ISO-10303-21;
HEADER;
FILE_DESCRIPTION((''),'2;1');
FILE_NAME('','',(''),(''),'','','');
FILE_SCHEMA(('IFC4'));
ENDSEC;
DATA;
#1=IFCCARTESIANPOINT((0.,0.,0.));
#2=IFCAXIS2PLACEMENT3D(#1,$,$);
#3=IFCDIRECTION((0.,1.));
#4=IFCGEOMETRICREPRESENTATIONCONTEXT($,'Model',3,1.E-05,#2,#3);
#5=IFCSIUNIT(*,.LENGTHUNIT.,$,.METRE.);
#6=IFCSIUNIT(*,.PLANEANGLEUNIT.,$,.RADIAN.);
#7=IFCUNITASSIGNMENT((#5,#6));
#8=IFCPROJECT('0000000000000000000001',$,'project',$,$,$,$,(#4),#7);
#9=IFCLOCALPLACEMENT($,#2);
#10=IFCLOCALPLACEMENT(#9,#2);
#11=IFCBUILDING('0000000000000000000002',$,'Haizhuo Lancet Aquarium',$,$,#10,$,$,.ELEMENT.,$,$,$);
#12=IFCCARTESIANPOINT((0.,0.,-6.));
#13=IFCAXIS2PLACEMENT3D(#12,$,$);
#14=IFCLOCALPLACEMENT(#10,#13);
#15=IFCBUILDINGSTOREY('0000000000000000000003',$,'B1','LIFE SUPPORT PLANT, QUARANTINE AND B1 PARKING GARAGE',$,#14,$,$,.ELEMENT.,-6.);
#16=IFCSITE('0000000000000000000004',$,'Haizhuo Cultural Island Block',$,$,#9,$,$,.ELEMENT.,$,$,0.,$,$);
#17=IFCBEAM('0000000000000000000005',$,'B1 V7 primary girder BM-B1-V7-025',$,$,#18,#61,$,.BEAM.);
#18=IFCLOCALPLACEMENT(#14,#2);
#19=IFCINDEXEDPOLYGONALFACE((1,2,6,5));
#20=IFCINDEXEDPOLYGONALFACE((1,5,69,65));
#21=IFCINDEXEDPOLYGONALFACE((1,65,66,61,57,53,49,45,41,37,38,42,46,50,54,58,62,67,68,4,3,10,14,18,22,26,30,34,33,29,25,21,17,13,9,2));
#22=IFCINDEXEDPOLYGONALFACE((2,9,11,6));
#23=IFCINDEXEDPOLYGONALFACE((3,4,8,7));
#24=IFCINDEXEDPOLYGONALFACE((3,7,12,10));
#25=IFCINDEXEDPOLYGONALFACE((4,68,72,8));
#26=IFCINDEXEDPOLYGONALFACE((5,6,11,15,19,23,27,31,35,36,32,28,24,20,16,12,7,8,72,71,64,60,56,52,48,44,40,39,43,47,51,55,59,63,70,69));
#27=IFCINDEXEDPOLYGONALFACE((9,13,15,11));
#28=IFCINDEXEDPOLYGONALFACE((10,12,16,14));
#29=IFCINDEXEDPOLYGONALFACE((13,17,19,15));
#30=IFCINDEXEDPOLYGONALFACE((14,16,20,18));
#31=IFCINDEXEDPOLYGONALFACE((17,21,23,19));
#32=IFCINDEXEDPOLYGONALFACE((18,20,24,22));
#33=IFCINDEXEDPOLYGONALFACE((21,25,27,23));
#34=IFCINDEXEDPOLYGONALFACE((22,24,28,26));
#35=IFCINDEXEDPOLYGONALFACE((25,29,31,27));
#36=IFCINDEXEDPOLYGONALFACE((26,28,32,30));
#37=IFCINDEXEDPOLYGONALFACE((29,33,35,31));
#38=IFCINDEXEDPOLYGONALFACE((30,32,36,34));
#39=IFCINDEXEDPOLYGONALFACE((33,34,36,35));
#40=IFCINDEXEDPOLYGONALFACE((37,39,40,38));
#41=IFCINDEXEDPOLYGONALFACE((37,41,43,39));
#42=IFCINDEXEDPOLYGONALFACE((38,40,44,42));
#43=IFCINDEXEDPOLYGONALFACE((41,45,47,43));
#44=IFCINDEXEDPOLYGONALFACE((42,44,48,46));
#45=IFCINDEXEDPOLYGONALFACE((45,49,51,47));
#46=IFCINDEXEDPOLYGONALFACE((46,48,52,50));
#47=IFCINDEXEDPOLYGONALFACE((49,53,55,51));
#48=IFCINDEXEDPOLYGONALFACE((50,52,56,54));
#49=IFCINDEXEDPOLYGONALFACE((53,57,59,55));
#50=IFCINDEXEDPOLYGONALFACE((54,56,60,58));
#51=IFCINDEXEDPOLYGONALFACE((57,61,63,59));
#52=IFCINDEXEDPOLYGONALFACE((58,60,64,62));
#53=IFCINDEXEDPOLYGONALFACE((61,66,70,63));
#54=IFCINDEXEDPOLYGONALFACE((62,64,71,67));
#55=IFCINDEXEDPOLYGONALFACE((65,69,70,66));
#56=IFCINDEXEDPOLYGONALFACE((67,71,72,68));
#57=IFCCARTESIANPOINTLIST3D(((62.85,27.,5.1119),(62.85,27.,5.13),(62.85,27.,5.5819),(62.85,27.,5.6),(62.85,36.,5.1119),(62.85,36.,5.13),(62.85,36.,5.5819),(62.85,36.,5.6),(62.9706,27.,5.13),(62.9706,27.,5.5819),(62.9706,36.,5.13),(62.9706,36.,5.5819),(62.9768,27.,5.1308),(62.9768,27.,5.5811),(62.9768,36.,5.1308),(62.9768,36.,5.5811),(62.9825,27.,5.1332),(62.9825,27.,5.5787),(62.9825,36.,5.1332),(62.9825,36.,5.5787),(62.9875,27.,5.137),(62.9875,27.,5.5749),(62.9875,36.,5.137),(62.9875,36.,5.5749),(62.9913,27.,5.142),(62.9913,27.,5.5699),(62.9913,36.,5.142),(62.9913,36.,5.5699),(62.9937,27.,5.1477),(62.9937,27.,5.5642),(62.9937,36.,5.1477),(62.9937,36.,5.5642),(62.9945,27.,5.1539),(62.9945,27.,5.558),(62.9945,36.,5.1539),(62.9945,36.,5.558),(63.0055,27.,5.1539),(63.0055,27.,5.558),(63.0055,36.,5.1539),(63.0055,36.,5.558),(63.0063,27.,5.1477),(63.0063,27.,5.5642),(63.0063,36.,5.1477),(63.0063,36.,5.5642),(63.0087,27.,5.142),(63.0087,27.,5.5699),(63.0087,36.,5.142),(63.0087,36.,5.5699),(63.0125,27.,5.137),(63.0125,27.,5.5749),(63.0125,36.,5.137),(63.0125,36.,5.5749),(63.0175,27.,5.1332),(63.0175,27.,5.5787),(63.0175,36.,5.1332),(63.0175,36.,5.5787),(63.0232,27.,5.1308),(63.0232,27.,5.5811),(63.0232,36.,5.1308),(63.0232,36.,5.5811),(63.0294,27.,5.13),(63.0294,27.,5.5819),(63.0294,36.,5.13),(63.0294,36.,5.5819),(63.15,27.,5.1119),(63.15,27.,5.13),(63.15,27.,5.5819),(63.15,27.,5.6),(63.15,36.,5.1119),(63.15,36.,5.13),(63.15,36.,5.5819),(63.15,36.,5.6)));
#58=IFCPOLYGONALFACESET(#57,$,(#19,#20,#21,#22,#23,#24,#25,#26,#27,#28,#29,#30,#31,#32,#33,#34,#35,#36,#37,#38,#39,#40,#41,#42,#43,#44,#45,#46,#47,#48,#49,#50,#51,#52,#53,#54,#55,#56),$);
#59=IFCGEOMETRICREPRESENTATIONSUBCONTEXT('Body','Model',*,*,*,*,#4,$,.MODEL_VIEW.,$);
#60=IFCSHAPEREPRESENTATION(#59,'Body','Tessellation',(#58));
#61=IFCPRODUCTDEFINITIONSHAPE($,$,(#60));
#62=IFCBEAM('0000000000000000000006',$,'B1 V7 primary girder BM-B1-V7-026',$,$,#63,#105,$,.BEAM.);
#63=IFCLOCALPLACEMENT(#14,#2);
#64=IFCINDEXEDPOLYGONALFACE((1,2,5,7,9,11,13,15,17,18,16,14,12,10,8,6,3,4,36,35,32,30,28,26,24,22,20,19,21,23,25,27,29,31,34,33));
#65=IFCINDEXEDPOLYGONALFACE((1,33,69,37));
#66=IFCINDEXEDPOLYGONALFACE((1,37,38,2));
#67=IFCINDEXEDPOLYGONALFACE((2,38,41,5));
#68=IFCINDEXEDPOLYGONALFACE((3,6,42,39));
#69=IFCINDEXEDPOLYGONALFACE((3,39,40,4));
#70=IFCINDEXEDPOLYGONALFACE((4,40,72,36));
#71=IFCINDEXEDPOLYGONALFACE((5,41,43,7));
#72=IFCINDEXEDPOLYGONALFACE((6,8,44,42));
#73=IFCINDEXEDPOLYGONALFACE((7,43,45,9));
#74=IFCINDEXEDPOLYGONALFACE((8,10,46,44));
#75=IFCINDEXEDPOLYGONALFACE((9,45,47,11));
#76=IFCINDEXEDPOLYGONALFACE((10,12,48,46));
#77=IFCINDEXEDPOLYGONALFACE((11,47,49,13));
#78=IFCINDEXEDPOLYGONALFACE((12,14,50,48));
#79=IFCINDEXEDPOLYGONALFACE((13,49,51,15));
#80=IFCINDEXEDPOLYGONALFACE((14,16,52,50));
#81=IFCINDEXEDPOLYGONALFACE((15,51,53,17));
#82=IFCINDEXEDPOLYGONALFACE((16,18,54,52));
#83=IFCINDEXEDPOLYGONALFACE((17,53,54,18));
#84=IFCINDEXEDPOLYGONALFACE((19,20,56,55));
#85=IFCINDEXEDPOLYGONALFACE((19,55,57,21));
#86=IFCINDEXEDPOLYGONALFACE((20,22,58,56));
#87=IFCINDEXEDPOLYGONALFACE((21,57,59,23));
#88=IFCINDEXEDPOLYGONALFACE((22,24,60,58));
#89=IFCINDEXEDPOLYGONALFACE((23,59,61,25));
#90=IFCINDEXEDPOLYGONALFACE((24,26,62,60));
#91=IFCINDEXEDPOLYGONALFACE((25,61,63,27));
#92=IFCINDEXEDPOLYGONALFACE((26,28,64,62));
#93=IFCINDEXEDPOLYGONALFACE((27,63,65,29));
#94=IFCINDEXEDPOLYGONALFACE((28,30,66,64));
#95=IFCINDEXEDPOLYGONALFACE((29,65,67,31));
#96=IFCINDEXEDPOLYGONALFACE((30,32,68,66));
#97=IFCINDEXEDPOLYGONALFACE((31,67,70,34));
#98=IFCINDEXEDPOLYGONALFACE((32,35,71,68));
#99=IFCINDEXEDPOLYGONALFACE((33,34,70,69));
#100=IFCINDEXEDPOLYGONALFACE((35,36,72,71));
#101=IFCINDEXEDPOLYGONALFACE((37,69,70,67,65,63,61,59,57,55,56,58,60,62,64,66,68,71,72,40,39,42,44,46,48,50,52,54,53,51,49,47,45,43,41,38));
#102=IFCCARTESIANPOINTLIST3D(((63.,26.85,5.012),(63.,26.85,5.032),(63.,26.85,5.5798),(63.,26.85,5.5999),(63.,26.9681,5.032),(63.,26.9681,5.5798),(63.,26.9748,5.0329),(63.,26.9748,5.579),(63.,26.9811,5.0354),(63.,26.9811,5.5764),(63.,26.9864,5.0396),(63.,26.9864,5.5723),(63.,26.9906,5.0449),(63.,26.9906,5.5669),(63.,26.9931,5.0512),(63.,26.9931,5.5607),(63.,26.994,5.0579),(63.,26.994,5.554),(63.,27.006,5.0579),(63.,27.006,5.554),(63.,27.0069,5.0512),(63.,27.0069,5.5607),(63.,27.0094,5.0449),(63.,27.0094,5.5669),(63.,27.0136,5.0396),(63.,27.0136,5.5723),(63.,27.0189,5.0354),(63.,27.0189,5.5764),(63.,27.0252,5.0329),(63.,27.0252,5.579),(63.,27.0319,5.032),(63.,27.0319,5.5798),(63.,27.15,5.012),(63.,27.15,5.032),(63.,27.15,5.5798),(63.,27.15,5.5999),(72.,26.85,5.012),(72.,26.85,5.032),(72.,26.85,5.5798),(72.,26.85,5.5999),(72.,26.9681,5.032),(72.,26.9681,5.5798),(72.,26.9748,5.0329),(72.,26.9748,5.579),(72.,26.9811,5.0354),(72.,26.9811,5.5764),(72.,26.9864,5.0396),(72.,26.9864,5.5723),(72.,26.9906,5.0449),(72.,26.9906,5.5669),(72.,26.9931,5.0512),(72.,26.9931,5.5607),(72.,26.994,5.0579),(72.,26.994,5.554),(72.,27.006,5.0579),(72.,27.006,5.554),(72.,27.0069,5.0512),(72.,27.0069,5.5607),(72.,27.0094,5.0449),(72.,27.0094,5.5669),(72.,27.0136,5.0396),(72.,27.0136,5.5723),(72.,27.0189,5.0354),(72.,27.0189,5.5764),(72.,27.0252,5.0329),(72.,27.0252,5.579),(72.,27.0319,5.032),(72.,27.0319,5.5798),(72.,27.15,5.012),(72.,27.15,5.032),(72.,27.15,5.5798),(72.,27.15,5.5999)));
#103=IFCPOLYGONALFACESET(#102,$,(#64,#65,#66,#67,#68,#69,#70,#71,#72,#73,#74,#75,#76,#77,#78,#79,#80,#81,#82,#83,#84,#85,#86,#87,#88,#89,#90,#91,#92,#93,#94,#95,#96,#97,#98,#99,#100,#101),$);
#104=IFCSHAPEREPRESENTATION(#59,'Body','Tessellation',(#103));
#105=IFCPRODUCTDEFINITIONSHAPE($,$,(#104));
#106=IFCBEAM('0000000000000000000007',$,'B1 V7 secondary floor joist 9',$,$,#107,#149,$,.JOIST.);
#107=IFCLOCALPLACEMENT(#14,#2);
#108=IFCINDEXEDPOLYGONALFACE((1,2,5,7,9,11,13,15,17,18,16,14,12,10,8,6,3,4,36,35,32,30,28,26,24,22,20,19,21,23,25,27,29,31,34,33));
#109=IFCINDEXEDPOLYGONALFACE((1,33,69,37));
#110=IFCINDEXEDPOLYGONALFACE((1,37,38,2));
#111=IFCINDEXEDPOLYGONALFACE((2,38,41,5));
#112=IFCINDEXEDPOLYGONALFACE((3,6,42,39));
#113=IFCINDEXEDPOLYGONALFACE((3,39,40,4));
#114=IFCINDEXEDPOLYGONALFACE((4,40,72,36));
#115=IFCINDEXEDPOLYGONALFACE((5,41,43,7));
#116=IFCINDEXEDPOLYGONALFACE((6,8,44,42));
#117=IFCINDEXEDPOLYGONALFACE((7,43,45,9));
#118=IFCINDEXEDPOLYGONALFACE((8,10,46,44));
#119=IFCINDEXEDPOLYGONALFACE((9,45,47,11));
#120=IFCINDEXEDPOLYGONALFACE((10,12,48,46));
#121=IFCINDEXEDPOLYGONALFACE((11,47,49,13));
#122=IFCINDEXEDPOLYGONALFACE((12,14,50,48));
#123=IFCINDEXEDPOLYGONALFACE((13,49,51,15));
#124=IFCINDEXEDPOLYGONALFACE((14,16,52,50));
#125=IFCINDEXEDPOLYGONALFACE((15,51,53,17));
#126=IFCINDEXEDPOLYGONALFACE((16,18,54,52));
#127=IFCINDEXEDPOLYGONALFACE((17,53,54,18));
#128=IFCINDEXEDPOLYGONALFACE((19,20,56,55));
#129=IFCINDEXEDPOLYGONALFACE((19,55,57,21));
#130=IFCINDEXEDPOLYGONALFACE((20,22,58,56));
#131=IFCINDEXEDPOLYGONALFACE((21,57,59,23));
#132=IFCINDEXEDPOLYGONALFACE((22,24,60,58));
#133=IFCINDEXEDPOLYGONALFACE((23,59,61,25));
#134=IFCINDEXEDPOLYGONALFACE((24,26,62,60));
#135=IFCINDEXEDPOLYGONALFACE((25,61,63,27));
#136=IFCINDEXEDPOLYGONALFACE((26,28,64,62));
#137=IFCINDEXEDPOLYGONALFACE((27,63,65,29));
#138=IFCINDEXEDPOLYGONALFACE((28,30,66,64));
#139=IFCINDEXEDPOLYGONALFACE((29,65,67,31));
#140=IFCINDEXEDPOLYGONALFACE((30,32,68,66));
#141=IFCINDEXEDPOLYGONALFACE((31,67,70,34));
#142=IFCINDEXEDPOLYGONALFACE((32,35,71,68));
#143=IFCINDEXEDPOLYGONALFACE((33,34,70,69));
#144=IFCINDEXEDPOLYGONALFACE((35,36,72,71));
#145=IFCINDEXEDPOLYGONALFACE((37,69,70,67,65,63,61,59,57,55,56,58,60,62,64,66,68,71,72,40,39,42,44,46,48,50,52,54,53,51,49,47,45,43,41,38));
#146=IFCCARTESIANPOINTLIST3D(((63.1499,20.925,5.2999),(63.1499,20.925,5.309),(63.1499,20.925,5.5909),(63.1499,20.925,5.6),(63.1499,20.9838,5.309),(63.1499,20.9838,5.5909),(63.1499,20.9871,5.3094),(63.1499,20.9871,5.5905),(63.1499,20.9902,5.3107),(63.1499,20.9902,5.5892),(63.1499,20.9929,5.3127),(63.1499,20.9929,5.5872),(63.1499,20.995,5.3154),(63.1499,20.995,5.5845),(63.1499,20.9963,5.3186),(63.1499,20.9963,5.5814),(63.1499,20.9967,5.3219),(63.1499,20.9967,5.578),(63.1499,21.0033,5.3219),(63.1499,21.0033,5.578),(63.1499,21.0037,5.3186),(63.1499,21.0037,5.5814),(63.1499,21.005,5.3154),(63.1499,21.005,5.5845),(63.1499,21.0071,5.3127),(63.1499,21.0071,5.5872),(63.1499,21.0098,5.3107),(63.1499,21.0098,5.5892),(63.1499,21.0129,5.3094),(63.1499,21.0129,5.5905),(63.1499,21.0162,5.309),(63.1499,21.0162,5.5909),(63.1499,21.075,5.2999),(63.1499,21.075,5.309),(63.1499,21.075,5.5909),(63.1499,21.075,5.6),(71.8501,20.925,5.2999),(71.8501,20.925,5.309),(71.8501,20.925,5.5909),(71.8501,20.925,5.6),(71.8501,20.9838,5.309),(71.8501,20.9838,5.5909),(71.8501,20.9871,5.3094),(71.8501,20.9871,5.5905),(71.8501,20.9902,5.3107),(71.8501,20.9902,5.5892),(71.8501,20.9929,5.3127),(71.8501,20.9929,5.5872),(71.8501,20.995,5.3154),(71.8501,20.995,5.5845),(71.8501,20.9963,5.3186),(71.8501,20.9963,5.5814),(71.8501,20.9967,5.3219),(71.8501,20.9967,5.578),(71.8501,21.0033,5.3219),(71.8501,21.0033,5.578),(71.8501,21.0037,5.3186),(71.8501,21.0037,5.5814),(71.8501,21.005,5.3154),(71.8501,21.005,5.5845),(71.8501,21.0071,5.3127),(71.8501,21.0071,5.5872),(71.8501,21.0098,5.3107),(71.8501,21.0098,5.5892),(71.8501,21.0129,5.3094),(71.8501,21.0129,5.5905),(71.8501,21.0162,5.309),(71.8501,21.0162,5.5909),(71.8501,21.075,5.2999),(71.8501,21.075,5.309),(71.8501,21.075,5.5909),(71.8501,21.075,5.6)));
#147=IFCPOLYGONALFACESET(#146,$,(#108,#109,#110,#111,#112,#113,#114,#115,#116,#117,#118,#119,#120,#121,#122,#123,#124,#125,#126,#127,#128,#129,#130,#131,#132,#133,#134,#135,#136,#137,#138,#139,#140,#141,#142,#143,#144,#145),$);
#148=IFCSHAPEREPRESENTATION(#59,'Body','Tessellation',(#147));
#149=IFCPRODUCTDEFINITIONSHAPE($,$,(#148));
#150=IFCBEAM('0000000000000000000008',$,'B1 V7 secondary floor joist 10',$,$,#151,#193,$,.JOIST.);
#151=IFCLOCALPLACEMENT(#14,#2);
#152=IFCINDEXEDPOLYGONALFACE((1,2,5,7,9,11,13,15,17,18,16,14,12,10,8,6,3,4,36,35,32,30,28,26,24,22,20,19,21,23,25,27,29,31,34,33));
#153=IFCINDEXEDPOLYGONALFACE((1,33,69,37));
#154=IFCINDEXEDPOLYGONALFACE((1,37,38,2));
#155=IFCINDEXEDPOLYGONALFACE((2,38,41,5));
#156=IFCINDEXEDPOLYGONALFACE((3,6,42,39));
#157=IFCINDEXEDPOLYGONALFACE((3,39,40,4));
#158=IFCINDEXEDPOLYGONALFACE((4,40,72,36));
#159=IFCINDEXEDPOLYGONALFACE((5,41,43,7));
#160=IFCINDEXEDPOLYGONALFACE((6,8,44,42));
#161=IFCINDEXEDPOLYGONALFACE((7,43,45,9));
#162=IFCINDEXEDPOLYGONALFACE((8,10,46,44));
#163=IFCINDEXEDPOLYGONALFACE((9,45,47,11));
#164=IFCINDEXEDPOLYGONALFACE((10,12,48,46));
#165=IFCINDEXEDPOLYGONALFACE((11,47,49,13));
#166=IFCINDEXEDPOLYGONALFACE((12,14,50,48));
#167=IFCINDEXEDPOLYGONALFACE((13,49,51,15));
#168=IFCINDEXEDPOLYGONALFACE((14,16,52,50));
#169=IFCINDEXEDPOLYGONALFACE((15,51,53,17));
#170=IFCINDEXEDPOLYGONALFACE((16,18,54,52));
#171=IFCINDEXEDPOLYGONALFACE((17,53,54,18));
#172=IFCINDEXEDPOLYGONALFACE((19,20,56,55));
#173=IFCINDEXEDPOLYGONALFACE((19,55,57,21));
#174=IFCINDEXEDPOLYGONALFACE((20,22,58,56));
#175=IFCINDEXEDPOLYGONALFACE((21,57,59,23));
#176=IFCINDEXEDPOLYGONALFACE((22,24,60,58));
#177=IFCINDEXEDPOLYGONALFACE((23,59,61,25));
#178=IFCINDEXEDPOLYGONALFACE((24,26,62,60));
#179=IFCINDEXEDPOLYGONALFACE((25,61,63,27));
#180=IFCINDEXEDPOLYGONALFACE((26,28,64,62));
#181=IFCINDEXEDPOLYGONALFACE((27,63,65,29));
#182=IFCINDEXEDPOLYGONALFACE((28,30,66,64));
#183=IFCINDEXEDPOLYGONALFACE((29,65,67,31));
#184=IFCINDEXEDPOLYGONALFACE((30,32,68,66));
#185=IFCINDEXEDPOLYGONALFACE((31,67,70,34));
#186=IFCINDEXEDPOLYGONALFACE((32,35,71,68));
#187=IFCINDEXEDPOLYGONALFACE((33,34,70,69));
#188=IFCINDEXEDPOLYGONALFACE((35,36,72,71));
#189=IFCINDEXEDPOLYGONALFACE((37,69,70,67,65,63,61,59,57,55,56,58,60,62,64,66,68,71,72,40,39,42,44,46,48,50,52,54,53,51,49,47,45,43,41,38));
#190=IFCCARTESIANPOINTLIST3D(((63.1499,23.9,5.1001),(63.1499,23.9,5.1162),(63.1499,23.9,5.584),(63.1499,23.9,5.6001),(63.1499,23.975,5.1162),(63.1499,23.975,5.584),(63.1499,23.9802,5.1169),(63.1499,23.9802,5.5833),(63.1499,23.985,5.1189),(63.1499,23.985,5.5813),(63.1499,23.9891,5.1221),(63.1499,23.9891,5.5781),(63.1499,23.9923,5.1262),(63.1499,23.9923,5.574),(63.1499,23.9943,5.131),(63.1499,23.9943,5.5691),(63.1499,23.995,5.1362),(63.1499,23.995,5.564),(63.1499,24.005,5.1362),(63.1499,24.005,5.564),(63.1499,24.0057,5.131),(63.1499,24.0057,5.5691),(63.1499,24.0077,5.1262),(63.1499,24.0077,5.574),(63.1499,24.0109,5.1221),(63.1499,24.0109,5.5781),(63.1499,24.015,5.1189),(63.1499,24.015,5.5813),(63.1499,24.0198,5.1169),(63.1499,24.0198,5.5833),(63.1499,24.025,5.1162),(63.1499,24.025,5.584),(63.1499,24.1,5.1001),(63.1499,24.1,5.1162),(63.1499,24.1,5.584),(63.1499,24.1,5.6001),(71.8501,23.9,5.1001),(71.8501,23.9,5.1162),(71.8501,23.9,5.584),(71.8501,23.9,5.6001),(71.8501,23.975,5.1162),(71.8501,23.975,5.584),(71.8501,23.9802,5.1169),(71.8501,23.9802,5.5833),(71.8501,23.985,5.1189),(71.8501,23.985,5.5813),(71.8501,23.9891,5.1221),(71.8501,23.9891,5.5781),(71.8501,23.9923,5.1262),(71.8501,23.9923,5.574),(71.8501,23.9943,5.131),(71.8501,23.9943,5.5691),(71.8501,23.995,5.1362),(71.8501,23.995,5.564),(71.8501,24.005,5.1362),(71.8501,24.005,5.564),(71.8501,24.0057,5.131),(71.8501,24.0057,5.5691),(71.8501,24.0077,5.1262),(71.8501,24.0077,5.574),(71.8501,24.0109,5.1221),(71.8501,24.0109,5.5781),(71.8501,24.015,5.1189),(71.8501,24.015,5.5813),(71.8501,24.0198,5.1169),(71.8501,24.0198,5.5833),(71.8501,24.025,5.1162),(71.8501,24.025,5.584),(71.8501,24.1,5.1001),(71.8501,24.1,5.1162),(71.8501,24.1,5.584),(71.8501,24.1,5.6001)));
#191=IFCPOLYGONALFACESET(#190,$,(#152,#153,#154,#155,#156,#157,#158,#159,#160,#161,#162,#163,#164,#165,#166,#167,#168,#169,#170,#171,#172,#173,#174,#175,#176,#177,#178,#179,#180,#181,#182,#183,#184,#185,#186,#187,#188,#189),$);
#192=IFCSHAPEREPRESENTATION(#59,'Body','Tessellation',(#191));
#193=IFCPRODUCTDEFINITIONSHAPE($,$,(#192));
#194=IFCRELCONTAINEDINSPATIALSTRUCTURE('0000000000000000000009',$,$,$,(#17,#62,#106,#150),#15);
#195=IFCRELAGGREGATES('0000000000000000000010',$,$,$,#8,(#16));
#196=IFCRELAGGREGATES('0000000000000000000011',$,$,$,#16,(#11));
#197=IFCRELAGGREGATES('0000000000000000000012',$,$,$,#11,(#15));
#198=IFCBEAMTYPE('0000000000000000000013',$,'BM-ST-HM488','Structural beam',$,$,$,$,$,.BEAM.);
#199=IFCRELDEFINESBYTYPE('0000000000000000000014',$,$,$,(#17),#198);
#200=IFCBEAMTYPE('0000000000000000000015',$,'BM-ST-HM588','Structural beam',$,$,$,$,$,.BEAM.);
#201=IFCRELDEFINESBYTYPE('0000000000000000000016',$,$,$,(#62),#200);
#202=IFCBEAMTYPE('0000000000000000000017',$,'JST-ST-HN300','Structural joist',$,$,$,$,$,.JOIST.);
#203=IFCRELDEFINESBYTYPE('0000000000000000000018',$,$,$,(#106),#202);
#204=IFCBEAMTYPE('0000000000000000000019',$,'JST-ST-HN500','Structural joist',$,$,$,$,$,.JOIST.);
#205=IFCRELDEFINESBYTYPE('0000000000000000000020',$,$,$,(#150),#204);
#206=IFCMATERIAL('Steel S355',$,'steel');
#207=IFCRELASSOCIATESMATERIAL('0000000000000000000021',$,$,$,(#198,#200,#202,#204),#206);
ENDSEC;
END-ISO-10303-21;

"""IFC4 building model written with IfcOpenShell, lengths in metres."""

from ifc_helpers import new_model, si_unit, direction, frame, origin, origin_2d, place, context, subcontext, project, spatial, i_section, extrude, material, material_profile, profile_set, type_object, element, save


model = new_model("IFC4")

# Units and contexts
model_context = context("Model", 3, precision=1e-05, world=origin(), true_north=direction((0.0, 1.0)))
body_context = subcontext(model_context, "Body", "Model", "MODEL_VIEW")
ifc_project = project(units=[si_unit("LENGTHUNIT", "METRE"), si_unit("PLANEANGLEUNIT", "RADIAN")], contexts=[model_context])

# Site, building, storey
site_placement = place(None, origin())
site = spatial("IfcSite", under=ifc_project, at=site_placement, Name="Haizhuo Cultural Island Block", CompositionType="ELEMENT", RefElevation=0.0)
building_placement = place(site_placement, origin())
building = spatial("IfcBuilding", under=site, at=building_placement, Name="Haizhuo Lancet Aquarium", CompositionType="ELEMENT")
storey_placement = place(building_placement, frame((0.0, 0.0, -6.0)))
storey = spatial("IfcBuildingStorey", under=building, at=storey_placement, Name="B1", Description="LIFE SUPPORT PLANT, QUARANTINE AND B1 PARKING GARAGE", CompositionType="ELEMENT", Elevation=-6.0)

# Shared definitions
ifc_material_1 = material(Name="Steel S355", Category="steel")

# Beams
ifc_material_profile_1 = material_profile(ifc_material_1, i_section(OverallWidth=0.3, OverallDepth=0.488, WebThickness=0.011, FlangeThickness=0.0181, FilletRadius=0.0239, at=origin_2d()), Name="HM 488x300x11x18")
ifc_profile_set_1 = profile_set([ifc_material_profile_1], Name="Steel S355")
beam_type_1 = type_object("IfcBeamType", Name="BM-ST-HM488", Description="Structural beam", PredefinedType="BEAM", material=ifc_profile_set_1)
beam_1_placement = place(storey_placement, frame((63.0, 27.0, 5.356), z_axis=(0.0, 1.0, 0.0), x_axis=(-1.0, 0.0, 0.0)))
element("IfcBeam", 1, at=beam_1_placement, inside=storey, type_object=beam_type_1, Name="B1 V7 primary girder BM-B1-V7-025", PredefinedType="BEAM", context=body_context, shape_type="SweptSolid", body=[
    extrude(i_section(OverallWidth=0.3, OverallDepth=0.488, WebThickness=0.011, FlangeThickness=0.0181, FilletRadius=0.0239, at=origin_2d()), origin(), (0.0, 0.0, 1.0), 9.0),
])
ifc_material_profile_2 = material_profile(ifc_material_1, i_section(OverallWidth=0.3, OverallDepth=0.5879, WebThickness=0.012, FlangeThickness=0.02, FilletRadius=0.0259, at=origin_2d()), Name="HM 588x300x12x20")
ifc_profile_set_2 = profile_set([ifc_material_profile_2], Name="Steel S355")
beam_type_2 = type_object("IfcBeamType", Name="BM-ST-HM588", Description="Structural beam", PredefinedType="BEAM", material=ifc_profile_set_2)
beam_2_placement = place(storey_placement, frame((63.0, 27.0, 5.3059), z_axis=(1.0, 0.0, 0.0), x_axis=(0.0, 1.0, 0.0)))
element("IfcBeam", 2, at=beam_2_placement, inside=storey, type_object=beam_type_2, Name="B1 V7 primary girder BM-B1-V7-026", PredefinedType="BEAM", context=body_context, shape_type="SweptSolid", body=[
    extrude(i_section(OverallWidth=0.3, OverallDepth=0.5879, WebThickness=0.012, FlangeThickness=0.02, FilletRadius=0.0259, at=origin_2d()), origin(), (0.0, 0.0, 1.0), 9.0),
])
ifc_material_profile_3 = material_profile(ifc_material_1, i_section(OverallWidth=0.1499, OverallDepth=0.3, WebThickness=0.0066, FlangeThickness=0.009, FilletRadius=0.0129, at=origin_2d()), Name="HN 300x150x6.5x9")
ifc_profile_set_3 = profile_set([ifc_material_profile_3], Name="Steel S355")
beam_type_3 = type_object("IfcBeamType", Name="JST-ST-HN300", Description="Structural joist", PredefinedType="JOIST", material=ifc_profile_set_3)
beam_3_placement = place(storey_placement, frame((63.1499, 21.0, 5.45), z_axis=(1.0, 0.0, 0.0), x_axis=(0.0, 1.0, 0.0)))
element("IfcBeam", 3, at=beam_3_placement, inside=storey, type_object=beam_type_3, Name="B1 V7 secondary floor joist 9", PredefinedType="JOIST", context=body_context, shape_type="SweptSolid", body=[
    extrude(i_section(OverallWidth=0.1499, OverallDepth=0.3, WebThickness=0.0066, FlangeThickness=0.009, FilletRadius=0.0129, at=origin_2d()), origin(), (0.0, 0.0, 1.0), 8.7002),
])
ifc_material_profile_4 = material_profile(ifc_material_1, i_section(OverallWidth=0.2, OverallDepth=0.5, WebThickness=0.01, FlangeThickness=0.0161, FilletRadius=0.02, at=origin_2d()), Name="HN 500x200x10x16")
ifc_profile_set_4 = profile_set([ifc_material_profile_4], Name="Steel S355")
beam_type_4 = type_object("IfcBeamType", Name="JST-ST-HN500", Description="Structural joist", PredefinedType="JOIST", material=ifc_profile_set_4)
beam_4_placement = place(storey_placement, frame((63.1499, 24.0, 5.3501), z_axis=(1.0, 0.0, 0.0), x_axis=(0.0, 1.0, 0.0)))
element("IfcBeam", 4, at=beam_4_placement, inside=storey, type_object=beam_type_4, Name="B1 V7 secondary floor joist 10", PredefinedType="JOIST", context=body_context, shape_type="SweptSolid", body=[
    extrude(i_section(OverallWidth=0.2, OverallDepth=0.5, WebThickness=0.01, FlangeThickness=0.0161, FilletRadius=0.02, at=origin_2d()), origin(), (0.0, 0.0, 1.0), 8.7002),
])

save(model, "model.ifc")
